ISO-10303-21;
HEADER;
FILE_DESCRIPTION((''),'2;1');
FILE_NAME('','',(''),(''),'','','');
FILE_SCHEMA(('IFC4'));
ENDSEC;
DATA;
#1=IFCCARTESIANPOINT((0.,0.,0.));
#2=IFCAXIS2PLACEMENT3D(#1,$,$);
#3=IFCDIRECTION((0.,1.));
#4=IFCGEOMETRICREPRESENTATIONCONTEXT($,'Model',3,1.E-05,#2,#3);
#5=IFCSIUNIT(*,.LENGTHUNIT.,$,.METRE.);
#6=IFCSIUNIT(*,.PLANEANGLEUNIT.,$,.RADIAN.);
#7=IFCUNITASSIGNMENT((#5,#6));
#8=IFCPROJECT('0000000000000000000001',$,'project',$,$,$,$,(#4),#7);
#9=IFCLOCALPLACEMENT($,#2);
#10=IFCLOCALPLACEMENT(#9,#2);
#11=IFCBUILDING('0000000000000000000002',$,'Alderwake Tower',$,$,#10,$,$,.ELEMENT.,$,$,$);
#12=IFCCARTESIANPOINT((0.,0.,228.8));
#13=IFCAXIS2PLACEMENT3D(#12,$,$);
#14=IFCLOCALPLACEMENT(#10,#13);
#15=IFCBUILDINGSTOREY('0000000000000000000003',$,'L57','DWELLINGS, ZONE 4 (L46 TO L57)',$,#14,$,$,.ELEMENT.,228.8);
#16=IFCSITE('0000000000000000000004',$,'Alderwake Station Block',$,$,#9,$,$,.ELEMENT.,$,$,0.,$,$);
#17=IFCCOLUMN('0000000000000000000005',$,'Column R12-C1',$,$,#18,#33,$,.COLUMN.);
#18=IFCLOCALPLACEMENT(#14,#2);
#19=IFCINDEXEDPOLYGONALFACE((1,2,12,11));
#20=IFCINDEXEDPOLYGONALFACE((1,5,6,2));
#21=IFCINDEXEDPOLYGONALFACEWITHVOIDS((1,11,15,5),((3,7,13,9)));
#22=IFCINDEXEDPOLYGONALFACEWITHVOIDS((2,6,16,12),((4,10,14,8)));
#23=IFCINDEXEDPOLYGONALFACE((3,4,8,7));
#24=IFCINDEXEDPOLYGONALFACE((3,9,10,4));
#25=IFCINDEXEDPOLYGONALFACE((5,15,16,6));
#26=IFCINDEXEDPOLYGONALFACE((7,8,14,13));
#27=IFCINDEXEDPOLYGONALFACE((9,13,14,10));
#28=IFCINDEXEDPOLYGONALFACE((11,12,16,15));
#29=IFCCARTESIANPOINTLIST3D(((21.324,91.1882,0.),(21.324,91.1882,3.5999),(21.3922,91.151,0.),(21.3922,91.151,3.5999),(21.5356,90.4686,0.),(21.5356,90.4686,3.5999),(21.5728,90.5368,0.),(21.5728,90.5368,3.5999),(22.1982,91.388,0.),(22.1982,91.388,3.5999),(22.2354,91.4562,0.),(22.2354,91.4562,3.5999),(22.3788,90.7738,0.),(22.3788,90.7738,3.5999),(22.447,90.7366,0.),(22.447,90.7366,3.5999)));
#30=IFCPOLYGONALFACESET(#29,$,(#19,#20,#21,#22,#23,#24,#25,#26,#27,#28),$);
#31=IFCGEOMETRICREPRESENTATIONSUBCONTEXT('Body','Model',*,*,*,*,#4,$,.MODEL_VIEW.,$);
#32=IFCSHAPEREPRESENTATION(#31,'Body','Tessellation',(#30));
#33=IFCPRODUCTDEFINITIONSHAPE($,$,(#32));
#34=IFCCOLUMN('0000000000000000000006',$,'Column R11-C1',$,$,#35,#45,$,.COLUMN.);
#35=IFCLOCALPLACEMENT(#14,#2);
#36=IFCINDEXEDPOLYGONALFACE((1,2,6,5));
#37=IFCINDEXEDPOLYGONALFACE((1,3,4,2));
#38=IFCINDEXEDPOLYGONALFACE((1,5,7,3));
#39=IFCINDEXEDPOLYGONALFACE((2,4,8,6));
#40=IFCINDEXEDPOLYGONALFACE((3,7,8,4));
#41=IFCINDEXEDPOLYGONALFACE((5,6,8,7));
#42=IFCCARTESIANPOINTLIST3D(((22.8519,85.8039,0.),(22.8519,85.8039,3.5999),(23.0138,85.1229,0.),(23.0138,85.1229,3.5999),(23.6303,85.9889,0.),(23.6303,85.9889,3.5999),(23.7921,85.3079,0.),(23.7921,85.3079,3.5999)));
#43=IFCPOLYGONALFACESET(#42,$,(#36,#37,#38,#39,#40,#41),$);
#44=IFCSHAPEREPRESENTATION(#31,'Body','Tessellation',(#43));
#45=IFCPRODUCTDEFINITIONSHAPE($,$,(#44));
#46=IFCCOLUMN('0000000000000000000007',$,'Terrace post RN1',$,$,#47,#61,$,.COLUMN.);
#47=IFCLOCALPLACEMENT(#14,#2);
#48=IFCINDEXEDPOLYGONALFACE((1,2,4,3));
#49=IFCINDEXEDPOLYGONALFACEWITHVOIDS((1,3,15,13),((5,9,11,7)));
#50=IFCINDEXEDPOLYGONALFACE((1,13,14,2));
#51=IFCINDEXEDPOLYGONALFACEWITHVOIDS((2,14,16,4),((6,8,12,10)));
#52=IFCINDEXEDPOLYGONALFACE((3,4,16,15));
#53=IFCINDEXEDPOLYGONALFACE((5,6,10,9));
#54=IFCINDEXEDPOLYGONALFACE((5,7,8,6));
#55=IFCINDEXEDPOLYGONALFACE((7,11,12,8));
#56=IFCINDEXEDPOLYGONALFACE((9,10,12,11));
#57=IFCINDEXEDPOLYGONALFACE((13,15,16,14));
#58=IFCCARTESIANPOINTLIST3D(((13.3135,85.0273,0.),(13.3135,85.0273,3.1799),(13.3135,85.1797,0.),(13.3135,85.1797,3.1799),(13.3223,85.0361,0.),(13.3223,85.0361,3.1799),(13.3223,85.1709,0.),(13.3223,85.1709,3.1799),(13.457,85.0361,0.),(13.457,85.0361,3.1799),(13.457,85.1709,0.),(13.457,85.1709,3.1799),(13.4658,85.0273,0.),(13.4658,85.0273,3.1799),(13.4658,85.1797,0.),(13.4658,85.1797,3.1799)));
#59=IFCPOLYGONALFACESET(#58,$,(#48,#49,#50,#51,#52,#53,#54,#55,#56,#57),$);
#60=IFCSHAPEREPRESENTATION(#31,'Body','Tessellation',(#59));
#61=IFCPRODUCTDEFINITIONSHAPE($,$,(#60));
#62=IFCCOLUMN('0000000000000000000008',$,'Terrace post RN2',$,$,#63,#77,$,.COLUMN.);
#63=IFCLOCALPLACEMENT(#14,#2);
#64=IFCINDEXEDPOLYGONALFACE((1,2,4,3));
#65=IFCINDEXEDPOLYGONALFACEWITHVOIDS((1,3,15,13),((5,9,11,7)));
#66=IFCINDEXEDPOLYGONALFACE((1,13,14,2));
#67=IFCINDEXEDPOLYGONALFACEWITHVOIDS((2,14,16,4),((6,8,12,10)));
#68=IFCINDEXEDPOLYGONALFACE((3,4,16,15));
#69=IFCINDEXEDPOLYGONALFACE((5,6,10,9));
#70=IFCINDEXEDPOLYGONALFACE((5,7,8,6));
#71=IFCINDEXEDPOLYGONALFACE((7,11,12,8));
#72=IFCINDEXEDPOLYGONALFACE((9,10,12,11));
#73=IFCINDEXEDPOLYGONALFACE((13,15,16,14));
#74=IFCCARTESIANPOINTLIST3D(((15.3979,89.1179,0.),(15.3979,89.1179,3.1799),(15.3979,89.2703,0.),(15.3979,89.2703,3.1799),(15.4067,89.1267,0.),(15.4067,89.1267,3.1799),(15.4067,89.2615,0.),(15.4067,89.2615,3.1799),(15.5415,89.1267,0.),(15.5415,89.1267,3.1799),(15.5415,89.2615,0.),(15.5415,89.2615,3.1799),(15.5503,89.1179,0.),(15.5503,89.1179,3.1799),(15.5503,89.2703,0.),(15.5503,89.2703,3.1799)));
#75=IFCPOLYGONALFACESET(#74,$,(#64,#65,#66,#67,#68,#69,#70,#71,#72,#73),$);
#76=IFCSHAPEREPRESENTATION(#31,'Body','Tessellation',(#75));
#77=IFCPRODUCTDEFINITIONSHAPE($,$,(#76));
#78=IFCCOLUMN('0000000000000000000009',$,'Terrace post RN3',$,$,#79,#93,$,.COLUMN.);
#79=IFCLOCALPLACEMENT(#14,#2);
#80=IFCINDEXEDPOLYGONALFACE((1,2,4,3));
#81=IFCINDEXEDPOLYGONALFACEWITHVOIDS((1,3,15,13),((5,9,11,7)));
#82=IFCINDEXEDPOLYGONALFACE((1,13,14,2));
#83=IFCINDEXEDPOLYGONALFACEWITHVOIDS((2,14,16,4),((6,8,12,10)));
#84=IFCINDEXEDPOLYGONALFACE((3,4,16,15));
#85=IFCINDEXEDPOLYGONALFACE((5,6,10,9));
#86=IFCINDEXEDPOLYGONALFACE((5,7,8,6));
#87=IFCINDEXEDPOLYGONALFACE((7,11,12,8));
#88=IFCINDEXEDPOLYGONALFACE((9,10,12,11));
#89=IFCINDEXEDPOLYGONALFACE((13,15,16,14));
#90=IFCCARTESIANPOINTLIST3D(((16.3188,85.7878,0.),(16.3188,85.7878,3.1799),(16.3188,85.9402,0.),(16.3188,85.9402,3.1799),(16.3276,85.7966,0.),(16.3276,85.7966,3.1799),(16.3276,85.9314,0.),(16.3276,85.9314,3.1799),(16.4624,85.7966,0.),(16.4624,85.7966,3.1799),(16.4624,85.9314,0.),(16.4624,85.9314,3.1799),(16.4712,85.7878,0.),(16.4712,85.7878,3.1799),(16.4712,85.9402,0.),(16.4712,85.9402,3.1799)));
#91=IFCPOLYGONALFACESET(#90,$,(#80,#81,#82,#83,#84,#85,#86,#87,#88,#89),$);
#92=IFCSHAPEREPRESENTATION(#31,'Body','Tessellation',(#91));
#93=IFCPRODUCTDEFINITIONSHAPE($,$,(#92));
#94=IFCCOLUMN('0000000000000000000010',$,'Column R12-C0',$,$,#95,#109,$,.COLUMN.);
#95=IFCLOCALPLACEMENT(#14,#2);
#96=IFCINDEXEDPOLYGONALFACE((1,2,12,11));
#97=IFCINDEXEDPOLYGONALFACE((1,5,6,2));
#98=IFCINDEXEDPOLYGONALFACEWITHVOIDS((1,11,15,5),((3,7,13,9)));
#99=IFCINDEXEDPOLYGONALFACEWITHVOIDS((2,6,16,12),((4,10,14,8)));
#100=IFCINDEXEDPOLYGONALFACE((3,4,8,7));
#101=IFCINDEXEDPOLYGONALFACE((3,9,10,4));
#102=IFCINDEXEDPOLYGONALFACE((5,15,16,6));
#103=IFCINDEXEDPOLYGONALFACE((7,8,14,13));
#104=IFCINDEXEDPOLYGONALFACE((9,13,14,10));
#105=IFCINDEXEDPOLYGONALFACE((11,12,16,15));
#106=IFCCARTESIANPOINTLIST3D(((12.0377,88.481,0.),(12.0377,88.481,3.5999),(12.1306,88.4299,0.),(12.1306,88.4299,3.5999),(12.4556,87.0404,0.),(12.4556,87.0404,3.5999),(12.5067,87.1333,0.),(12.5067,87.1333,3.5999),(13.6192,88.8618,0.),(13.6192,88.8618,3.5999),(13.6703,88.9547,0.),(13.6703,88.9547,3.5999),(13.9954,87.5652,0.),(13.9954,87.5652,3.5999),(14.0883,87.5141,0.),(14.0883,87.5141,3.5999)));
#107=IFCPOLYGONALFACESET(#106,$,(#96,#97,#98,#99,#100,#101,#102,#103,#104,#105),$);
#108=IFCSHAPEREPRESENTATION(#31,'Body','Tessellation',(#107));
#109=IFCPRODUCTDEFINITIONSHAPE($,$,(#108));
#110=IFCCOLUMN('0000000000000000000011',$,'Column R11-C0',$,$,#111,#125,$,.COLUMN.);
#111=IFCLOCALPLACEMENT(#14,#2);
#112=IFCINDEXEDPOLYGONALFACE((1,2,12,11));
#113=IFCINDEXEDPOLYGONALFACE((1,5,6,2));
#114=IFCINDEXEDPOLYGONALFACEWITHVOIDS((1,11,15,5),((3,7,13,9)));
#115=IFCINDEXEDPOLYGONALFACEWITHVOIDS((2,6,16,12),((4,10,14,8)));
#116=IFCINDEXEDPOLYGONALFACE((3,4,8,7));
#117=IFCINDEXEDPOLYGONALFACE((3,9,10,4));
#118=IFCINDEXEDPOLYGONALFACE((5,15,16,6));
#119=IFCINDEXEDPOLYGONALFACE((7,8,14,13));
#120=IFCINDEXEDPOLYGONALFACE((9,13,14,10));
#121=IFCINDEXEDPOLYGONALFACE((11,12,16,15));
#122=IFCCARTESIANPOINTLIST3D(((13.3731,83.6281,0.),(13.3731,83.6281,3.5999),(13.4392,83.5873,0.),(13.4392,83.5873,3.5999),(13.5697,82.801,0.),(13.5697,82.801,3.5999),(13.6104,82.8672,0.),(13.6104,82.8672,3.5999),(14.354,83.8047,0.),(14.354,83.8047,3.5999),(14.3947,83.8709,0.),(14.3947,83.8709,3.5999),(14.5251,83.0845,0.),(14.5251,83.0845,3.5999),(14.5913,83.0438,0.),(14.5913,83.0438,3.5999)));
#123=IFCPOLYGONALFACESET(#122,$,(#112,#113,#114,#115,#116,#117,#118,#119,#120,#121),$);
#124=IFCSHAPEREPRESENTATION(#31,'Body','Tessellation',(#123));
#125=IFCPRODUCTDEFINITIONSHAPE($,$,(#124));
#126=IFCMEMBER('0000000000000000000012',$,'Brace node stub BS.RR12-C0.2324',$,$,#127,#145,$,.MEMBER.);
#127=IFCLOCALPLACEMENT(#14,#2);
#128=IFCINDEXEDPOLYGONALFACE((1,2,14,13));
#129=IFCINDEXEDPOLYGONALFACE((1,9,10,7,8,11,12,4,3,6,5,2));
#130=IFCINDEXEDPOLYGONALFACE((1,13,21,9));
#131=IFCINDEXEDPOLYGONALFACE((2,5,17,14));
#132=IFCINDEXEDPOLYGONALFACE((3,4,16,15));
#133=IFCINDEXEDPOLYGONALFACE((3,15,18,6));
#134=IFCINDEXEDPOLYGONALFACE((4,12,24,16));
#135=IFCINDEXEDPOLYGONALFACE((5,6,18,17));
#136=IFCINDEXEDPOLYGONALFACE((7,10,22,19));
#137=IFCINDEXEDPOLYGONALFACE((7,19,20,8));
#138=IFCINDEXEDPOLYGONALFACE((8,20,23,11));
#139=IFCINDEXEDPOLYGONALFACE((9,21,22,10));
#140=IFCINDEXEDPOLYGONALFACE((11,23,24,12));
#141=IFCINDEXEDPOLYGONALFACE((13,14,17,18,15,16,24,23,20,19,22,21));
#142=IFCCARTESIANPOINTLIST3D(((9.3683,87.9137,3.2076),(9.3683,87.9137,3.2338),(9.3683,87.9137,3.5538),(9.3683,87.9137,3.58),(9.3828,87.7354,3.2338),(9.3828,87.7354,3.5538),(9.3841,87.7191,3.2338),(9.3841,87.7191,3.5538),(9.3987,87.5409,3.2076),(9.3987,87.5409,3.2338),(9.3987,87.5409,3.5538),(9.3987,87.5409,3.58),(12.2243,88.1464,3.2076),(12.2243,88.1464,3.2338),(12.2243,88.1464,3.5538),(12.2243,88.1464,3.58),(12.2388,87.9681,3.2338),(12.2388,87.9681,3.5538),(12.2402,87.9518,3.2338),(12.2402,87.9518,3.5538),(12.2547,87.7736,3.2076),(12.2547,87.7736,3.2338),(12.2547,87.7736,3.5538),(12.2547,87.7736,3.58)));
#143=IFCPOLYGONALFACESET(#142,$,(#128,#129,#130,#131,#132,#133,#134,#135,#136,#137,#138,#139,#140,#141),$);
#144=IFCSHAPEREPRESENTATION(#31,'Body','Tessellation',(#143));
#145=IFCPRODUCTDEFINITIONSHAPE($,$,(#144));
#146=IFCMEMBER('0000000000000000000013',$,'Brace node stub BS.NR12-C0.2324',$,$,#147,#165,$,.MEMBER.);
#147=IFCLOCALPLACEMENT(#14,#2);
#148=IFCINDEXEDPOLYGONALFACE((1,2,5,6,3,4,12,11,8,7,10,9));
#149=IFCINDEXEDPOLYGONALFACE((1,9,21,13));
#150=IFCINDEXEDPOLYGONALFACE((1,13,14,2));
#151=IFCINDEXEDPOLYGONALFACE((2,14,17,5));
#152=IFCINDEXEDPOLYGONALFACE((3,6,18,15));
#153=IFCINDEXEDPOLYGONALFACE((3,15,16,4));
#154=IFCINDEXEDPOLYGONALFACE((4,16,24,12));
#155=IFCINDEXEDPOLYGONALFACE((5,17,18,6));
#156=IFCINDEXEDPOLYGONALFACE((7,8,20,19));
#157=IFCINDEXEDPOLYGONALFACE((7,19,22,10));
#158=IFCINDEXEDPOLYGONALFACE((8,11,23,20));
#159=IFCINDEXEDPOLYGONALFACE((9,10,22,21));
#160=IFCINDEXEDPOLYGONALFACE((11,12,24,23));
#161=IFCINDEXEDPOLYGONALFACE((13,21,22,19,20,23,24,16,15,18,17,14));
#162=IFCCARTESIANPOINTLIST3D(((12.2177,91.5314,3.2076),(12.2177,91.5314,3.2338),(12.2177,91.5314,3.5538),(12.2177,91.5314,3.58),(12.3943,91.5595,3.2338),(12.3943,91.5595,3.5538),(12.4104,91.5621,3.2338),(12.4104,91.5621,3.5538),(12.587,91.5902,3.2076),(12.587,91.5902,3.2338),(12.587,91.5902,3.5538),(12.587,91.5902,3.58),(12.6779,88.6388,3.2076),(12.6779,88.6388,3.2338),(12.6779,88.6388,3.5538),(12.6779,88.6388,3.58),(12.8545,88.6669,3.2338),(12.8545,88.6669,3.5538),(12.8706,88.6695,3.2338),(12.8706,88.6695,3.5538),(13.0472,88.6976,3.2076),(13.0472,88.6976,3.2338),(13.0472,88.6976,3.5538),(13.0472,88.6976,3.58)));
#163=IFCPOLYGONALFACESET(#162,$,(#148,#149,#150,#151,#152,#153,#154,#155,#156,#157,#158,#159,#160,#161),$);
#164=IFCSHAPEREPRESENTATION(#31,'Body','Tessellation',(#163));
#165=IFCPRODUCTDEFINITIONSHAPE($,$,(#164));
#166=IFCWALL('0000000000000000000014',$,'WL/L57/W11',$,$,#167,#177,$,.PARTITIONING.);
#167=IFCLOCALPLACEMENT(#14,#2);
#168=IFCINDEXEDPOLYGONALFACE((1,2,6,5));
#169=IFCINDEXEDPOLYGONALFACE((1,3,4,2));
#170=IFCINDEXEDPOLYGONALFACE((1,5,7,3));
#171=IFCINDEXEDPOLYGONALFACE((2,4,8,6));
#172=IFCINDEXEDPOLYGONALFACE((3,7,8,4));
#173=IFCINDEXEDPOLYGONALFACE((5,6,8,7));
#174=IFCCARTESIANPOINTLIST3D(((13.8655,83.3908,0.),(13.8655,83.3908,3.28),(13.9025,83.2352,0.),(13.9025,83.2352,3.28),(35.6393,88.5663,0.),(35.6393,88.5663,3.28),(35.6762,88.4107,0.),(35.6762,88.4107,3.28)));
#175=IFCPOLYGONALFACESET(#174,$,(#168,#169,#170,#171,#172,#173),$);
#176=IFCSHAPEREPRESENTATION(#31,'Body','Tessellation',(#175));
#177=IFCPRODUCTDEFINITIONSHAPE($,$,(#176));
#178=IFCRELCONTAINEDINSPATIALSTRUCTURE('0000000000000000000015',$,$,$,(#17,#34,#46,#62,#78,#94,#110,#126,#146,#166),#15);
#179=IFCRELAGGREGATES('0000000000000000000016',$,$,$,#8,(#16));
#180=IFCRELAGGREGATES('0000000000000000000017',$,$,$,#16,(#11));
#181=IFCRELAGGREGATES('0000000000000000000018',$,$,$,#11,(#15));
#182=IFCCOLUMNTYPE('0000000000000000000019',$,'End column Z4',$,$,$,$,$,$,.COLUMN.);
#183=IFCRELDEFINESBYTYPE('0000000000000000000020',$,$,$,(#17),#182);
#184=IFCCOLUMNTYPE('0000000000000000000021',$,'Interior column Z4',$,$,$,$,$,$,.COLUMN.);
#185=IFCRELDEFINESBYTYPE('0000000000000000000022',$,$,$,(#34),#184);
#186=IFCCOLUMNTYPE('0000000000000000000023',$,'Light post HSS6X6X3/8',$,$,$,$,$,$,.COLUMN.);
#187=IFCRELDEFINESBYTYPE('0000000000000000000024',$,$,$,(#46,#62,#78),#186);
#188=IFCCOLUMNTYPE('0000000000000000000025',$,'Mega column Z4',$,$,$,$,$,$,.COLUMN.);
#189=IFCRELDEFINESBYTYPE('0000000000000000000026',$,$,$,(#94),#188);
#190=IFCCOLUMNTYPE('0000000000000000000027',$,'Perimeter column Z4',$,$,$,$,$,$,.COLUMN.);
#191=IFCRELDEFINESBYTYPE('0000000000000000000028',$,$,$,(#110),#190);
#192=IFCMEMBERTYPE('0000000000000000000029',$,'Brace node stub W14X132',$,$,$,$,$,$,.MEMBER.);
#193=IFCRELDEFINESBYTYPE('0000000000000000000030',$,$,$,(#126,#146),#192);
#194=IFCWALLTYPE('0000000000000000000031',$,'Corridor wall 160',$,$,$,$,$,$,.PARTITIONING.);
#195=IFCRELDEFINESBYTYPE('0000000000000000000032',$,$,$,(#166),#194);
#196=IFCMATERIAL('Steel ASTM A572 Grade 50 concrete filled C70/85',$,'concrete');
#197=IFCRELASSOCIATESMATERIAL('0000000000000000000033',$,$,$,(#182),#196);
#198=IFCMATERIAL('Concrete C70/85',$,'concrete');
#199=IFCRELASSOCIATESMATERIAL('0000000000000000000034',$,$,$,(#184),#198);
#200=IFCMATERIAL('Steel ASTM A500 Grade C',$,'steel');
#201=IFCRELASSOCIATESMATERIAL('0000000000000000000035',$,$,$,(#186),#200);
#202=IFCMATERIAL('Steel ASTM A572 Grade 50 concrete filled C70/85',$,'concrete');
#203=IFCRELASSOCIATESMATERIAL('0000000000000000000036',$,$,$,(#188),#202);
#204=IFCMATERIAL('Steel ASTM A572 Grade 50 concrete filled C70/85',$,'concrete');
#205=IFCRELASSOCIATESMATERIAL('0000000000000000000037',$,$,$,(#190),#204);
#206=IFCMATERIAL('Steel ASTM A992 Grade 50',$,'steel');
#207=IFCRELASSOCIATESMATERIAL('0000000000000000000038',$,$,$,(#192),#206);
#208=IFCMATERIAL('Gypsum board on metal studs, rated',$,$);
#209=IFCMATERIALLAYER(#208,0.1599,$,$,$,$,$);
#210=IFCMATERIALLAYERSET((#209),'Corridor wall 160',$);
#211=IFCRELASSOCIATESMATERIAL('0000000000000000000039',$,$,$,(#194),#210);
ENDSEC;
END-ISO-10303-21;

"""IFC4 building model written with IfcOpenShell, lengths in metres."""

from ifc_helpers import new_model, si_unit, direction, frame, frame_2d, origin, origin_2d, place, context, subcontext, project, spatial, rectangle, hollow_rectangle, i_section, extrude, material, layer, layer_set, material_profile, profile_set, type_object, element, save


model = new_model("IFC4")

# Units and contexts
model_context = context("Model", 3, precision=1e-05, world=origin(), true_north=direction((0.0, 1.0)))
body_context = subcontext(model_context, "Body", "Model", "MODEL_VIEW")
ifc_project = project(units=[si_unit("LENGTHUNIT", "METRE"), si_unit("PLANEANGLEUNIT", "RADIAN")], contexts=[model_context])

# Site, building, storey
site_placement = place(None, origin())
site = spatial("IfcSite", under=ifc_project, at=site_placement, Name="Alderwake Station Block", CompositionType="ELEMENT", RefElevation=0.0)
building_placement = place(site_placement, origin())
building = spatial("IfcBuilding", under=site, at=building_placement, Name="Alderwake Tower", CompositionType="ELEMENT")
storey_placement = place(building_placement, frame((0.0, 0.0, 228.8)))
storey = spatial("IfcBuildingStorey", under=building, at=storey_placement, Name="L57", Description="DWELLINGS, ZONE 4 (L46 TO L57)", CompositionType="ELEMENT", Elevation=228.8)

# Columns
ifc_material_1 = material(Name="Steel ASTM A572 Grade 50 concrete filled C70/85", Category="concrete")
ifc_material_profile_1 = material_profile(ifc_material_1, hollow_rectangle(XDim=0.75, YDim=0.95, WallThickness=0.0549, at=origin_2d()), Name="BOX 950X750X55")
ifc_profile_set_1 = profile_set([ifc_material_profile_1], Name="Steel ASTM A572 Grade 50 concrete filled C70/85")
column_type_1 = type_object("IfcColumnType", Name="End column Z4", PredefinedType="COLUMN", material=ifc_profile_set_1)
column_1_placement = place(storey_placement, frame((21.8855, 90.9624, 0.0), z_axis=(0.0, 0.0, 1.0), x_axis=(-0.282132, 0.959376, 0.0)))
element("IfcColumn", 1, at=column_1_placement, inside=storey, type_object=column_type_1, Name="Column R12-C1", PredefinedType="COLUMN", context=body_context, shape_type="SweptSolid", body=[
    extrude(hollow_rectangle(XDim=0.75, YDim=0.95, WallThickness=0.0549, at=origin_2d()), origin(), (0.0, 0.0, 1.0), 3.5999),
])
ifc_material_2 = material(Name="Concrete C70/85", Category="concrete")
ifc_material_profile_2 = material_profile(ifc_material_2, rectangle(XDim=0.7, YDim=0.8, at=origin_2d()), Name="RC 800X700")
ifc_profile_set_2 = profile_set([ifc_material_profile_2], Name="Concrete C70/85")
column_type_2 = type_object("IfcColumnType", Name="Interior column Z4", PredefinedType="COLUMN", material=ifc_profile_set_2)
column_2_placement = place(storey_placement, frame((23.322, 85.5559, 0.0), z_axis=(0.0, 0.0, 1.0), x_axis=(-0.231222, 0.972901, 0.0)))
element("IfcColumn", 2, at=column_2_placement, inside=storey, type_object=column_type_2, Name="Column R11-C1", PredefinedType="COLUMN", context=body_context, shape_type="SweptSolid", body=[
    extrude(rectangle(XDim=0.7, YDim=0.8, at=origin_2d()), origin(), (0.0, 0.0, 1.0), 3.5999),
])
ifc_material_3 = material(Name="Steel ASTM A500 Grade C", Category="steel")
ifc_material_profile_3 = material_profile(ifc_material_3, hollow_rectangle(XDim=0.1523, YDim=0.1523, WallThickness=0.0088, at=origin_2d()), Name="HSS6X6X3/8")
ifc_profile_set_3 = profile_set([ifc_material_profile_3], Name="Steel ASTM A500 Grade C")
column_type_3 = type_object("IfcColumnType", Name="Light post HSS6X6X3/8", PredefinedType="COLUMN", material=ifc_profile_set_3)
for number, where, z_axis, x_axis, name in (
    (3, (13.3896, 85.1035, 0.0), (0.0, 0.0, 1.0), (1.0, 0.0, 0.0), "Terrace post RN1"),
    (4, (15.4741, 89.1941, 0.0), (0.0, 0.0, 1.0), (1.0, 0.0, 0.0), "Terrace post RN2"),
    (5, (16.395, 85.864, 0.0), (0.0, 0.0, 1.0), (1.0, 0.0, 0.0), "Terrace post RN3"),
):
    element("IfcColumn", number, at=place(storey_placement, frame(where, z_axis=z_axis, x_axis=x_axis)), inside=storey, type_object=column_type_3, Name=name, PredefinedType="COLUMN", context=body_context, shape_type="SweptSolid", body=[
        extrude(hollow_rectangle(XDim=0.1523, YDim=0.1523, WallThickness=0.0088, at=origin_2d()), origin(), (0.0, 0.0, 1.0), 3.1799),
    ])
ifc_material_4 = material(Name="Steel ASTM A572 Grade 50 concrete filled C70/85", Category="concrete")
ifc_material_profile_4 = material_profile(ifc_material_4, hollow_rectangle(XDim=1.5, YDim=1.7, WallThickness=0.075, at=origin_2d()), Name="BOX 1700X1500X75")
ifc_profile_set_4 = profile_set([ifc_material_profile_4], Name="Steel ASTM A572 Grade 50 concrete filled C70/85")
column_type_4 = type_object("IfcColumnType", Name="Mega column Z4", PredefinedType="COLUMN", material=ifc_profile_set_4)
column_3_placement = place(storey_placement, frame((13.063, 87.9976, 0.0), z_axis=(0.0, 0.0, 1.0), x_axis=(-0.278612, 0.960404, 0.0)))
element("IfcColumn", 6, at=column_3_placement, inside=storey, type_object=column_type_4, Name="Column R12-C0", PredefinedType="COLUMN", context=body_context, shape_type="SweptSolid", body=[
    extrude(hollow_rectangle(XDim=1.5, YDim=1.7, WallThickness=0.075, at=origin_2d()), origin(), (0.0, 0.0, 1.0), 3.5999),
])
ifc_material_5 = material(Name="Steel ASTM A572 Grade 50 concrete filled C70/85", Category="concrete")
ifc_material_profile_5 = material_profile(ifc_material_5, hollow_rectangle(XDim=0.8501, YDim=1.05, WallThickness=0.0549, at=origin_2d()), Name="BOX 1050X850X55")
ifc_profile_set_5 = profile_set([ifc_material_profile_5], Name="Steel ASTM A572 Grade 50 concrete filled C70/85")
column_type_5 = type_object("IfcColumnType", Name="Perimeter column Z4", PredefinedType="COLUMN", material=ifc_profile_set_5)
column_4_placement = place(storey_placement, frame((13.9822, 83.3359, 0.0), z_axis=(0.0, 0.0, 1.0), x_axis=(-0.231222, 0.972901, 0.0)))
element("IfcColumn", 7, at=column_4_placement, inside=storey, type_object=column_type_5, Name="Column R11-C0", PredefinedType="COLUMN", context=body_context, shape_type="SweptSolid", body=[
    extrude(hollow_rectangle(XDim=0.8501, YDim=1.05, WallThickness=0.0549, at=origin_2d()), origin(), (0.0, 0.0, 1.0), 3.5999),
])

# Members
ifc_material_6 = material(Name="Steel ASTM A992 Grade 50", Category="steel")
ifc_material_profile_6 = material_profile(ifc_material_6, i_section(OverallWidth=0.374, OverallDepth=0.3723, WebThickness=0.0164, FlangeThickness=0.0261, at=origin_2d()), Name="W14X132")
ifc_profile_set_6 = profile_set([ifc_material_profile_6], Name="Steel ASTM A992 Grade 50")
member_type = type_object("IfcMemberType", Name="Brace node stub W14X132", PredefinedType="MEMBER", material=ifc_profile_set_6)
member_1_placement = place(storey_placement, frame((12.2395, 87.96, 3.3938), z_axis=(-0.996698, -0.081198, 0.0), x_axis=(0.081198, -0.996698, 0.0)))
element("IfcMember", 8, at=member_1_placement, inside=storey, type_object=member_type, Name="Brace node stub BS.RR12-C0.2324", PredefinedType="MEMBER", context=body_context, shape_type="SweptSolid", body=[
    extrude(i_section(OverallWidth=0.374, OverallDepth=0.3723, WebThickness=0.0164, FlangeThickness=0.0261, at=origin_2d()), origin(), (0.0, 0.0, 1.0), 2.8655),
])
member_2_placement = place(storey_placement, frame((12.8625, 88.6682, 3.3938), z_axis=(-0.157122, 0.987579, 0.0), x_axis=(-0.987579, -0.157122, 0.0)))
element("IfcMember", 9, at=member_2_placement, inside=storey, type_object=member_type, Name="Brace node stub BS.NR12-C0.2324", PredefinedType="MEMBER", context=body_context, shape_type="SweptSolid", body=[
    extrude(i_section(OverallWidth=0.374, OverallDepth=0.3723, WebThickness=0.0164, FlangeThickness=0.0261, at=origin_2d()), origin(), (0.0, 0.0, 1.0), 2.929),
])

# Wall
ifc_material_7 = material(Name="Gypsum board on metal studs, rated")
ifc_layer_1 = layer(ifc_material_7, 0.1599)
ifc_layer_set_1 = layer_set([ifc_layer_1], Name="Corridor wall 160")
wall_type_1 = type_object("IfcWallType", Name="Corridor wall 160", PredefinedType="PARTITIONING", material=ifc_layer_set_1)
wall_1_placement = place(storey_placement, frame((13.884, 83.313, 0.0), z_axis=(0.0, 0.0, 1.0), x_axis=(0.972893, 0.231254, 0.0)))
element("IfcWall", 10, at=wall_1_placement, inside=storey, type_object=wall_type_1, Name="WL/L57/W11", PredefinedType="PARTITIONING", context=body_context, shape_type="SweptSolid", body=[
    extrude(rectangle(XDim=22.3804, YDim=0.1599, at=frame_2d((11.1902, 0.0))), origin(), (0.0, 0.0, 1.0), 3.28),
])

save(model, "model.ifc")
